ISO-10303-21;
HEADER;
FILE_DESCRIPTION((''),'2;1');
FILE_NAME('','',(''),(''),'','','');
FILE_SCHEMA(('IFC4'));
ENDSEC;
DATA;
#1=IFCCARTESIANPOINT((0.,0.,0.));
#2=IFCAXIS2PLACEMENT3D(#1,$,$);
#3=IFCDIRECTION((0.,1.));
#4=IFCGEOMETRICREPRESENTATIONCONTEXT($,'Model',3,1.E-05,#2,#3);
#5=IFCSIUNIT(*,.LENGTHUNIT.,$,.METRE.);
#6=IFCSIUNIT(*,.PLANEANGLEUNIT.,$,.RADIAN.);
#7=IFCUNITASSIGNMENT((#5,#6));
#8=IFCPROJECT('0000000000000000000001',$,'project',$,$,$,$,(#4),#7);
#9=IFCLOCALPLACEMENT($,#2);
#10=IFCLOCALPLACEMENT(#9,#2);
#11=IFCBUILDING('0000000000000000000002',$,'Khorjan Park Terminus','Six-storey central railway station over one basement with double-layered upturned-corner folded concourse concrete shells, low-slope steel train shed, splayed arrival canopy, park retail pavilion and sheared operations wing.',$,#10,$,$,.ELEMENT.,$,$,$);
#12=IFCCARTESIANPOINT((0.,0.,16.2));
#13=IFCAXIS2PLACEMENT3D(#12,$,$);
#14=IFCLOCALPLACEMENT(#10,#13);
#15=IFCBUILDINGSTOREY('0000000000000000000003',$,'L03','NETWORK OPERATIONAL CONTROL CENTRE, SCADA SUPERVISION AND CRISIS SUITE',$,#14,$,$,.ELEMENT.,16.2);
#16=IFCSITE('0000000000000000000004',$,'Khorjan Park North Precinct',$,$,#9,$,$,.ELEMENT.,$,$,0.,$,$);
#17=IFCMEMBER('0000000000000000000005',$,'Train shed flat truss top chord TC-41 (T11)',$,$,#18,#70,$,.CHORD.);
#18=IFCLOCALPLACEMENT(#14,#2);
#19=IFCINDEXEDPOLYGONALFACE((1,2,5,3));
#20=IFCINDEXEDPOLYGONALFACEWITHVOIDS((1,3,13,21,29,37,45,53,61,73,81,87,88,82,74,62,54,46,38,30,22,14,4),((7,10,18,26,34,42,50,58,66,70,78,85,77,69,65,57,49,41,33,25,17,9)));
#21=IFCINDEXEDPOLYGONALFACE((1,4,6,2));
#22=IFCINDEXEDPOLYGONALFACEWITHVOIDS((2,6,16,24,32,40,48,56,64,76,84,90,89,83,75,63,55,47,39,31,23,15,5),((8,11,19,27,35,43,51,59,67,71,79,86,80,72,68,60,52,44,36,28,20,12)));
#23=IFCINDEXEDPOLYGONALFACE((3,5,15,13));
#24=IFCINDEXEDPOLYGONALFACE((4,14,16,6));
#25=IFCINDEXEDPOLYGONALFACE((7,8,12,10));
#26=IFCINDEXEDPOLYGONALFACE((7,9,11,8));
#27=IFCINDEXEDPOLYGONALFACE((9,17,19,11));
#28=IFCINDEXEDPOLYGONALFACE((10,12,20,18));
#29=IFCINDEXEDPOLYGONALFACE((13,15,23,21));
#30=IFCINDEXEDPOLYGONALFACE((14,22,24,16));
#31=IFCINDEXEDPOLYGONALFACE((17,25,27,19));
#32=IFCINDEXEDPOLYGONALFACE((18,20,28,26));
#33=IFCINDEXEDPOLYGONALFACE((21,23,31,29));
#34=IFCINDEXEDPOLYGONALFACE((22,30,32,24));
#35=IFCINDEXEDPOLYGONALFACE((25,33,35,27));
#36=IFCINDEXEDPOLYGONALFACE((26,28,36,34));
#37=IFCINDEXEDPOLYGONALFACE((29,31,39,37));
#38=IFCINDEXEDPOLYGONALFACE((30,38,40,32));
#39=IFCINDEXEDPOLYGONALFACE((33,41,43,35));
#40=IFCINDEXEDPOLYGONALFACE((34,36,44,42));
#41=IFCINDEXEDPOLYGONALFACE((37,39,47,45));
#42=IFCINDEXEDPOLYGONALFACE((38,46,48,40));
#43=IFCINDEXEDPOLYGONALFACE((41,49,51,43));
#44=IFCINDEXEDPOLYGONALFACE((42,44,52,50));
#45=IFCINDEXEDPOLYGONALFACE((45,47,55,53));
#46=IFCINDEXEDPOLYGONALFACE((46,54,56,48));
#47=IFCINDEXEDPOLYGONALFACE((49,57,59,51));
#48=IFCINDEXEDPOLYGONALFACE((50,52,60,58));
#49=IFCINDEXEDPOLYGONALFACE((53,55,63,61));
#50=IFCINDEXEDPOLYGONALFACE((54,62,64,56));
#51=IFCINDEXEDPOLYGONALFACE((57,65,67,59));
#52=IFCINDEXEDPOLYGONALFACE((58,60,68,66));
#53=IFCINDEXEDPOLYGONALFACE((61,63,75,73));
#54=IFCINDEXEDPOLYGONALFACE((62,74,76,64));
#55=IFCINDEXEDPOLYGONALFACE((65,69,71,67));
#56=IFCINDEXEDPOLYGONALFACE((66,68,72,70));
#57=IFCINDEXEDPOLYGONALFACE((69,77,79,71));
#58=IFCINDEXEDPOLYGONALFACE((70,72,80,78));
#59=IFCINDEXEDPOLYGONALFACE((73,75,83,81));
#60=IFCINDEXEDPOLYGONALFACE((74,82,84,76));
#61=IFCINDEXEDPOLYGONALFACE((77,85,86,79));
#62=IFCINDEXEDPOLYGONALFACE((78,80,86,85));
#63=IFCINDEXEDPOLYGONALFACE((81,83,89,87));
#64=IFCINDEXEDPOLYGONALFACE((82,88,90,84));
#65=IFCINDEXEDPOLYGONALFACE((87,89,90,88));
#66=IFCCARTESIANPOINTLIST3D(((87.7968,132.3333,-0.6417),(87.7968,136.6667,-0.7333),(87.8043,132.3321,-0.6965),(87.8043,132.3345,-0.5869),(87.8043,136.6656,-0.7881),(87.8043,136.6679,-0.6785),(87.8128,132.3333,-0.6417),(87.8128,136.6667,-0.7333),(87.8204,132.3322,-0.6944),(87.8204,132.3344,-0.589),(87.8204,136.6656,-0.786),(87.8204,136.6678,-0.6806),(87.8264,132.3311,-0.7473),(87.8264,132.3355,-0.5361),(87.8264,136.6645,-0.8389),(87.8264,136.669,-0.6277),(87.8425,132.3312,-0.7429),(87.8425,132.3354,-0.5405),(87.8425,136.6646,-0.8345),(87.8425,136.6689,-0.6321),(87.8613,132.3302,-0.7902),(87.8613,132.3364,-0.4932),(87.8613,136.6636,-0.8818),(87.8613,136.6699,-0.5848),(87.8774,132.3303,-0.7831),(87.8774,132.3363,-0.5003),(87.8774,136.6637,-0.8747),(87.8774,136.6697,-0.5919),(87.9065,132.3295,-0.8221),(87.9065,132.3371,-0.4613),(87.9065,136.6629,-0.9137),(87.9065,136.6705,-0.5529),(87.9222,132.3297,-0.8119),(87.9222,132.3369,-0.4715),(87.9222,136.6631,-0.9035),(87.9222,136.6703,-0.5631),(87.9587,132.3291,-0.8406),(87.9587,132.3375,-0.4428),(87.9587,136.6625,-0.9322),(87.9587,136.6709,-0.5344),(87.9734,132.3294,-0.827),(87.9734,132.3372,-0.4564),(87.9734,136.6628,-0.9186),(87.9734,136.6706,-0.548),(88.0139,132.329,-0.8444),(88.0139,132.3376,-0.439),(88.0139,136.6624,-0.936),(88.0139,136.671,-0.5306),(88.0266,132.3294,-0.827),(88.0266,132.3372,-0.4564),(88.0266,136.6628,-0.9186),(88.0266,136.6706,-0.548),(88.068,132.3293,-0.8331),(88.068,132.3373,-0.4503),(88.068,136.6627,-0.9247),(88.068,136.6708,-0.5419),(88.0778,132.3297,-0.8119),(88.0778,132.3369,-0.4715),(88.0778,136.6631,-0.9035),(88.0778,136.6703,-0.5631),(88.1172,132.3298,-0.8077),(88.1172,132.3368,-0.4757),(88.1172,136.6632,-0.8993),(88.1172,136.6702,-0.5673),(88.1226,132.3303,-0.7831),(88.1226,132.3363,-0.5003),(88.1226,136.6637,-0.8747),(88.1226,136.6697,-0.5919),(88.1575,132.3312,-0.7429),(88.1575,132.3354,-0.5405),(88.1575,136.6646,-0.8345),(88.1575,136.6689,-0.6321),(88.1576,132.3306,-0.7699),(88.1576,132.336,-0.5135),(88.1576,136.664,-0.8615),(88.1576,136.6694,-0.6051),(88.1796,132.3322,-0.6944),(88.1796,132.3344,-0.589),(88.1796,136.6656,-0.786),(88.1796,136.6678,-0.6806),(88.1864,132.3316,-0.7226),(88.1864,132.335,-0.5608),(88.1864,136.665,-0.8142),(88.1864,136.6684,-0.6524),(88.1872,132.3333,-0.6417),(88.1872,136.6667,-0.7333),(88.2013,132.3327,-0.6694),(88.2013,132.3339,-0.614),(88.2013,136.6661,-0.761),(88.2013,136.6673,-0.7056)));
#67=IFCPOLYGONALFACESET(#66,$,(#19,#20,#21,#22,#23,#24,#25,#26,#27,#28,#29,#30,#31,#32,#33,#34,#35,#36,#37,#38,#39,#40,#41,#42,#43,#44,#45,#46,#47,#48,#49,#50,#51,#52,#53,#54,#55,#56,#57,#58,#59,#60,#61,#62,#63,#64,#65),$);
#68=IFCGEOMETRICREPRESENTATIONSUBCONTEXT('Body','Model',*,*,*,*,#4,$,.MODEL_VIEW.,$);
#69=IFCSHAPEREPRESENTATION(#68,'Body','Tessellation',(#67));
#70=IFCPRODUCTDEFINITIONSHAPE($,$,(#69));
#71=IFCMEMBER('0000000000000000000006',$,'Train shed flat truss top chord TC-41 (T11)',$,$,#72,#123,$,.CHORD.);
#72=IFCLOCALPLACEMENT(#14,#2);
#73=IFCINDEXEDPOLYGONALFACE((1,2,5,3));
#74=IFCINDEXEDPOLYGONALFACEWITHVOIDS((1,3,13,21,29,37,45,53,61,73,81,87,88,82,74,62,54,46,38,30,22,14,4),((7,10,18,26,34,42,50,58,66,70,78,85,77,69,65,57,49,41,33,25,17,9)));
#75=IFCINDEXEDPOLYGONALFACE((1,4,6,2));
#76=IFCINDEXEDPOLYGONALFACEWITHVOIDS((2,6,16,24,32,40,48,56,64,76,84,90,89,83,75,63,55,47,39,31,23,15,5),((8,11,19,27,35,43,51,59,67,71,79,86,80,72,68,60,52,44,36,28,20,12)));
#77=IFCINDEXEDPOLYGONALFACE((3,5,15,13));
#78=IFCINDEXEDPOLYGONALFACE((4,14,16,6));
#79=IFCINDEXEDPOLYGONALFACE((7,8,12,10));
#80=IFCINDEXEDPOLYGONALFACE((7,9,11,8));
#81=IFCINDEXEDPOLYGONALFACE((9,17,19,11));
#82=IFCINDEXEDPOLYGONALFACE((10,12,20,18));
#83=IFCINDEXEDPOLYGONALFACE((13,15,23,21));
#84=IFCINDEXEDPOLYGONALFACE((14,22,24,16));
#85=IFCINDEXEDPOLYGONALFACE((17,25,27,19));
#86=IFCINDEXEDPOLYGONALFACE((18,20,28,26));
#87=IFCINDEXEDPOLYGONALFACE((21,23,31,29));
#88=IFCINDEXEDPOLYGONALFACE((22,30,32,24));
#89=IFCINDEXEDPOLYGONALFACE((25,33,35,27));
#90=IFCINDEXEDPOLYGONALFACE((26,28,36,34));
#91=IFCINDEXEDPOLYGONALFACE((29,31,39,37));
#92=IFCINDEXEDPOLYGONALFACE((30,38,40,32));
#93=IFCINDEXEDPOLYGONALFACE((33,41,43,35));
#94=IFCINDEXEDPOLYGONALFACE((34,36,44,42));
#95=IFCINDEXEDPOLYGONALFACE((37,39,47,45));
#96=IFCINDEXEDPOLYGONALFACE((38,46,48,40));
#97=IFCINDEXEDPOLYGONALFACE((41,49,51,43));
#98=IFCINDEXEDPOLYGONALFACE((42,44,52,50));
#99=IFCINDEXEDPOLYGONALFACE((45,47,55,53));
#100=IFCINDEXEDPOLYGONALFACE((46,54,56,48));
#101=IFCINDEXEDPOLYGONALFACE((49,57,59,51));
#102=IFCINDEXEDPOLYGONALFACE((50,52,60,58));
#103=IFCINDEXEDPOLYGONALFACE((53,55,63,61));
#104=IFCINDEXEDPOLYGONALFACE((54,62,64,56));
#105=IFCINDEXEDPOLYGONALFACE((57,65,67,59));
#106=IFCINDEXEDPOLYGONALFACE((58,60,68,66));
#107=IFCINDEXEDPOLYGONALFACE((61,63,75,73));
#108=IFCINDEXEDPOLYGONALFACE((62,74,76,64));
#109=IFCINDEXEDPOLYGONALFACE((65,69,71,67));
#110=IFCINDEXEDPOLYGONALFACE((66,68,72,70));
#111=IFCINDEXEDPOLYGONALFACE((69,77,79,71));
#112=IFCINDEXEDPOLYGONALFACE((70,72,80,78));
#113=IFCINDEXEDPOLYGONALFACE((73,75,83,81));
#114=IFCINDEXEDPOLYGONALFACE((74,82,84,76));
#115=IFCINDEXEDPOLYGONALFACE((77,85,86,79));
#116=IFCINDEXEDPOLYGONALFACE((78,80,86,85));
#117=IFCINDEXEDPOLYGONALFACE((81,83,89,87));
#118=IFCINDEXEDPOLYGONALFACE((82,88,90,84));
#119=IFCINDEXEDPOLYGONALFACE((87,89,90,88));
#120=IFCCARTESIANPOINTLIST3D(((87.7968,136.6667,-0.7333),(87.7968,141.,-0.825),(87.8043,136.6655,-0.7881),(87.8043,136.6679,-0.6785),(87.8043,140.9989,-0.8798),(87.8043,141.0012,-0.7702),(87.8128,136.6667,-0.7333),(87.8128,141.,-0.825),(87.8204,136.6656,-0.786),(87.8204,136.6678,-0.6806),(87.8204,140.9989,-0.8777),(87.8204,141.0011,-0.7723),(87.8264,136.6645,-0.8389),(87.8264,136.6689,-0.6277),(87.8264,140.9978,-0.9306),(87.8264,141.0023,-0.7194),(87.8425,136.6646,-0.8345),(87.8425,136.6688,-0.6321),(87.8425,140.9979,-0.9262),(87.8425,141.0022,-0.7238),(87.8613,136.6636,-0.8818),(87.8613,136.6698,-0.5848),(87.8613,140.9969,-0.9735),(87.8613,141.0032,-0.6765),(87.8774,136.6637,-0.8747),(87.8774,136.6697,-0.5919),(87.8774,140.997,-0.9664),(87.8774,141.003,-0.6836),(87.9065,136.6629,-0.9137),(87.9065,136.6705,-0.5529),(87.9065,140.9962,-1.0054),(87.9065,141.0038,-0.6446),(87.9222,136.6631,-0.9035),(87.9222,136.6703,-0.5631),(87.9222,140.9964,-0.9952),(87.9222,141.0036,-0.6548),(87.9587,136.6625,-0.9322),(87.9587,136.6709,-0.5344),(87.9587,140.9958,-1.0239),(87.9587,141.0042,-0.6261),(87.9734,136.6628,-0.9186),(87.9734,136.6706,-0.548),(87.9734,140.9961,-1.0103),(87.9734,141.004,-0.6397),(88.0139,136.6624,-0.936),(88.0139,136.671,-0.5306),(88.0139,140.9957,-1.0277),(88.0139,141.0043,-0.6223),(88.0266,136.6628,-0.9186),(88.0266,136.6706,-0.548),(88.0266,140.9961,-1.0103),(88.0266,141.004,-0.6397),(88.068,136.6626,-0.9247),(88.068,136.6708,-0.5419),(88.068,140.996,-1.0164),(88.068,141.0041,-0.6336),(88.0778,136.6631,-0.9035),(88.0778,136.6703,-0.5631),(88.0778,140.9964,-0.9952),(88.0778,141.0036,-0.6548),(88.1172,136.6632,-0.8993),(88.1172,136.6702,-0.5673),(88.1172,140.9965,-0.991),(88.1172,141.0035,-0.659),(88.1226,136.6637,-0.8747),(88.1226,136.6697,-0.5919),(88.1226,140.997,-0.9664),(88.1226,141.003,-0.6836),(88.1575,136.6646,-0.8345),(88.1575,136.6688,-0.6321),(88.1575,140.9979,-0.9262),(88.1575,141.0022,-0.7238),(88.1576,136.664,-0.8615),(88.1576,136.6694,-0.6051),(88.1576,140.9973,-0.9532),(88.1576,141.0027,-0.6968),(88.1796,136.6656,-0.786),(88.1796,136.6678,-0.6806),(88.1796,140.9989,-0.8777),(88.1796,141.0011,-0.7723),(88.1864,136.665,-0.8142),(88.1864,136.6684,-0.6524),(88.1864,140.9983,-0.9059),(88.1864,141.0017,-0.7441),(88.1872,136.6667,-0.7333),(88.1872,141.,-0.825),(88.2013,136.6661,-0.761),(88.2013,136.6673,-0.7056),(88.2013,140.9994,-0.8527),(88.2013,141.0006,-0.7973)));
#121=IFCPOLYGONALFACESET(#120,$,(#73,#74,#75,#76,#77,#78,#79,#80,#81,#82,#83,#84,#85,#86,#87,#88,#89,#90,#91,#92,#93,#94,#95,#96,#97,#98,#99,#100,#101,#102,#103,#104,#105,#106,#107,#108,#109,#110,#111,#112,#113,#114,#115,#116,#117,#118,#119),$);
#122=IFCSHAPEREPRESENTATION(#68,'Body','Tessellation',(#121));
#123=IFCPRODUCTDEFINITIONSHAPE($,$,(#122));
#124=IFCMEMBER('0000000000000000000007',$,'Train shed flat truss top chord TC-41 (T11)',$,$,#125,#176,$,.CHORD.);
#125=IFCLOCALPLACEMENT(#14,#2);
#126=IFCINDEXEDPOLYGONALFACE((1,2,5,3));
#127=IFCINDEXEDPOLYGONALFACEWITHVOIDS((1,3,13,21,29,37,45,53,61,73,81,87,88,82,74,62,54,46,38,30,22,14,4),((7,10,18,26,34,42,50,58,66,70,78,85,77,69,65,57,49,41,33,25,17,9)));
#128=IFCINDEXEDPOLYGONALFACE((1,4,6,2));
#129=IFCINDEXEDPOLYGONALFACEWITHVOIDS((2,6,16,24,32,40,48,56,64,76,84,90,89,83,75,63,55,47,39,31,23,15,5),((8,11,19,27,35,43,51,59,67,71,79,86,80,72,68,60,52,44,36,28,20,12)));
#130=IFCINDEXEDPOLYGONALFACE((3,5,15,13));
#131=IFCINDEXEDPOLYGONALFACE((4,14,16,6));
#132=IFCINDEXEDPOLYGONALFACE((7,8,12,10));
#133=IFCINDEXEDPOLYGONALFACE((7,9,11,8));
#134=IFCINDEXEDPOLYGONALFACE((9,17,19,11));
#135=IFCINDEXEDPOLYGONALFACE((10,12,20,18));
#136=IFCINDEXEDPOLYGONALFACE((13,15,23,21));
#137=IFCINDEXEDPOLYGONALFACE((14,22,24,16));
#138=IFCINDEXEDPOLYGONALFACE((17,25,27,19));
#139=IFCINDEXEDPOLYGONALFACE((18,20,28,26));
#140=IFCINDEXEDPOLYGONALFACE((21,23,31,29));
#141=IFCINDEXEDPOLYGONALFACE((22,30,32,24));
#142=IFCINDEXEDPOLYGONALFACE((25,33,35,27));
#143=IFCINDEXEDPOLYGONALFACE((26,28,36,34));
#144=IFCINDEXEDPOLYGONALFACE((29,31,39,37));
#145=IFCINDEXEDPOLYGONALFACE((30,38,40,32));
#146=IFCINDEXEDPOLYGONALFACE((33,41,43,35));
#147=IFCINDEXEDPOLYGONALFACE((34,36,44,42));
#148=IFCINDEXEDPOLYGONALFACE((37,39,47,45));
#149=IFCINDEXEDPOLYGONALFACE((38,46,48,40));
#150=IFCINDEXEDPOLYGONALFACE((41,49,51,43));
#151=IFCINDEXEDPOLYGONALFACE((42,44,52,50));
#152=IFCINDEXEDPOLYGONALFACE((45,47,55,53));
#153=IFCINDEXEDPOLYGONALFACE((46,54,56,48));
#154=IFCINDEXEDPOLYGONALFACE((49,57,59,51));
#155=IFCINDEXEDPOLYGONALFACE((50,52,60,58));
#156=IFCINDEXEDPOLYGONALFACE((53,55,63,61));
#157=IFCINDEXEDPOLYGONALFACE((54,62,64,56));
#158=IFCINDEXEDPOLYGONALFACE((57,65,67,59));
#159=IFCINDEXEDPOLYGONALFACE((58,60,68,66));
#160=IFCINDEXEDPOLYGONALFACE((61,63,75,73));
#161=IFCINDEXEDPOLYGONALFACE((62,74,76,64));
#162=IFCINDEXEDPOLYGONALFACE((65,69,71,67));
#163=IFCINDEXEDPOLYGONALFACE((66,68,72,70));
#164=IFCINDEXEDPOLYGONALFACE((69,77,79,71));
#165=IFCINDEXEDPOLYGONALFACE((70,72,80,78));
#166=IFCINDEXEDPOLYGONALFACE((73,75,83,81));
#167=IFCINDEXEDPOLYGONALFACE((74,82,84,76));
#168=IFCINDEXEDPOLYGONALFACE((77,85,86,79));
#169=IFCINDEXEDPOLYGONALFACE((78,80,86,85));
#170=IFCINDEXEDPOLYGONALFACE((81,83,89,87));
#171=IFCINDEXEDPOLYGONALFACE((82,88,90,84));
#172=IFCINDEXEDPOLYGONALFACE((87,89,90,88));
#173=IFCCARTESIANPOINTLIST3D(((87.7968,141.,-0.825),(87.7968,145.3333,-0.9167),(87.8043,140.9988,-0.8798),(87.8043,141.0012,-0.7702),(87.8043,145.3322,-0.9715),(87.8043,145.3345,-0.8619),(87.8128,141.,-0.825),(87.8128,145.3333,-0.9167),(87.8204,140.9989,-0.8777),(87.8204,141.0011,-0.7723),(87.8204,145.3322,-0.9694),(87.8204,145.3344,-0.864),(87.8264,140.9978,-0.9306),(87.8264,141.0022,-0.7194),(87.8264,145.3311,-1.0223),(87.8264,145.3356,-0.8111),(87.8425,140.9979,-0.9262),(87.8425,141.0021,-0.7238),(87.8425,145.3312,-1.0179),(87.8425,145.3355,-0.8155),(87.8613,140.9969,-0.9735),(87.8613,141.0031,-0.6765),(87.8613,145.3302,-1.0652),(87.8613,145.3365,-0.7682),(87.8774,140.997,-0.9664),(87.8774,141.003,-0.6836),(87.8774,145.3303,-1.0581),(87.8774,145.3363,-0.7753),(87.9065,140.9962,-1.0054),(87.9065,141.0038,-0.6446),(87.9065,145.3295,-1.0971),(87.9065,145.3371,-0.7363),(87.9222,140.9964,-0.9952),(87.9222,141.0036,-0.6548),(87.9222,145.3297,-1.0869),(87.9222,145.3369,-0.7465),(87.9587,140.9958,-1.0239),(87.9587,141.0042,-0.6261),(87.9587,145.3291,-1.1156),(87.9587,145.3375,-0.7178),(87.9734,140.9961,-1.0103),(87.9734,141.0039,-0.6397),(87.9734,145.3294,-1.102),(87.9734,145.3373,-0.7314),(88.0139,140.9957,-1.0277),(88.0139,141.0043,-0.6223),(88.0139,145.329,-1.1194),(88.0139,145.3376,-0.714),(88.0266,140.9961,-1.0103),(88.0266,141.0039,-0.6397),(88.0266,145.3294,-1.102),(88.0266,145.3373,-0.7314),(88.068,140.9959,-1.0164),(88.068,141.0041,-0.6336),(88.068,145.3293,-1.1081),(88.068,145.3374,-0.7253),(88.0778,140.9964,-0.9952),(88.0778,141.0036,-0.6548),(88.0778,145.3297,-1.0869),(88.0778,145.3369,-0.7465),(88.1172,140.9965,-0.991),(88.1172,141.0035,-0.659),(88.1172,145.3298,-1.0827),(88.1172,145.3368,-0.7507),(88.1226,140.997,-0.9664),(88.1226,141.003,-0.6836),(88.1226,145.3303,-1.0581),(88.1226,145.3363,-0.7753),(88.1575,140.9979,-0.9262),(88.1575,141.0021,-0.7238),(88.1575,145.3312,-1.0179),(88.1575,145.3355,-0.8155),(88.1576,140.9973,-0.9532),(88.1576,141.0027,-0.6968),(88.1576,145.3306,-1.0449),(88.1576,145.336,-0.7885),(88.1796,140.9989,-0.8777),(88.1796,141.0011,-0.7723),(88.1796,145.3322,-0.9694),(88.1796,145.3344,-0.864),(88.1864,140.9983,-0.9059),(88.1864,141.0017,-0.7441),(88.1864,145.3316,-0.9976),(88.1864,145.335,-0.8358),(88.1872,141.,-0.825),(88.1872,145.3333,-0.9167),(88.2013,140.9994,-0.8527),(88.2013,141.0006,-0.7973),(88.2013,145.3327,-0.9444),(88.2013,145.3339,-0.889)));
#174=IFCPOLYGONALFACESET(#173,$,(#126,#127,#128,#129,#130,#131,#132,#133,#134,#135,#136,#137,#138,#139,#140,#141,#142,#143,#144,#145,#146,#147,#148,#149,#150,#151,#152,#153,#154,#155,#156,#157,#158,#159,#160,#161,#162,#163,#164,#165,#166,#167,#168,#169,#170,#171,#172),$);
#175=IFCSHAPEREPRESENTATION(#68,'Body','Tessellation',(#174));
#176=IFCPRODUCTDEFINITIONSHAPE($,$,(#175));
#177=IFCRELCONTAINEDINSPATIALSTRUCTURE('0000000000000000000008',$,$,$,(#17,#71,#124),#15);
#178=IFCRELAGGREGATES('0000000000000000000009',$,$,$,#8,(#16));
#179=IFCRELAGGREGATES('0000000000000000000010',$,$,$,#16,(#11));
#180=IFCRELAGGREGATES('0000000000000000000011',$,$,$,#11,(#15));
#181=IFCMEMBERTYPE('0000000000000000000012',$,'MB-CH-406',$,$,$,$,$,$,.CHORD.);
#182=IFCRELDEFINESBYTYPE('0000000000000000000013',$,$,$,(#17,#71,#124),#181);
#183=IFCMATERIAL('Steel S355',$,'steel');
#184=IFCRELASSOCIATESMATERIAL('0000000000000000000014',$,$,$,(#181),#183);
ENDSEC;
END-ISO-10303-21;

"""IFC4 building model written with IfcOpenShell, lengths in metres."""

from ifc_helpers import new_model, si_unit, direction, frame, origin, origin_2d, place, context, subcontext, project, spatial, hollow_circle, extrude, material, material_profile, profile_set, type_object, element, save


model = new_model("IFC4")

# Units and contexts
model_context = context("Model", 3, precision=1e-05, world=origin(), true_north=direction((0.0, 1.0)))
body_context = subcontext(model_context, "Body", "Model", "MODEL_VIEW")
ifc_project = project(units=[si_unit("LENGTHUNIT", "METRE"), si_unit("PLANEANGLEUNIT", "RADIAN")], contexts=[model_context])

# Site, building, storey
site_placement = place(None, origin())
site = spatial("IfcSite", under=ifc_project, at=site_placement, Name="Khorjan Park North Precinct", CompositionType="ELEMENT", RefElevation=0.0)
building_placement = place(site_placement, origin())
building = spatial("IfcBuilding", under=site, at=building_placement, Name="Khorjan Park Terminus", Description="Six-storey central railway station over one basement with double-layered upturned-corner folded concourse concrete shells, low-slope steel train shed, splayed arrival canopy, park retail pavilion and sheared operations wing.", CompositionType="ELEMENT")
storey_placement = place(building_placement, frame((0.0, 0.0, 16.2)))
storey = spatial("IfcBuildingStorey", under=building, at=storey_placement, Name="L03", Description="NETWORK OPERATIONAL CONTROL CENTRE, SCADA SUPERVISION AND CRISIS SUITE", CompositionType="ELEMENT", Elevation=16.2)

# Members
ifc_material_1 = material(Name="Steel S355", Category="steel")
ifc_material_profile_1 = material_profile(ifc_material_1, hollow_circle(Radius=0.2032, WallThickness=0.016, at=origin_2d()), Name="CHS 406.4x16")
ifc_profile_set_1 = profile_set([ifc_material_profile_1], Name="Steel S355")
member_type_1 = type_object("IfcMemberType", Name="MB-CH-406", PredefinedType="CHORD", material=ifc_profile_set_1)
member_1_placement = place(storey_placement, frame((88.0, 132.3333, -0.6417), z_axis=(0.0, 0.999777, -0.021133), x_axis=(-1.0, 0.0, 0.0)))
element("IfcMember", 1, at=member_1_placement, inside=storey, type_object=member_type_1, Name="Train shed flat truss top chord TC-41 (T11)", PredefinedType="CHORD", context=body_context, shape_type="SweptSolid", body=[
    extrude(hollow_circle(Radius=0.2032, WallThickness=0.016, at=origin_2d()), origin(), (0.0, 0.0, 1.0), 4.3344),
])
for number, where, z_axis, x_axis, name in (
    (2, (88.0, 136.6667, -0.7333), (0.0, 0.999776, -0.021157), (-1.0, 0.0, 0.0), "Train shed flat truss top chord TC-41 (T11)"),
    (3, (88.0, 141.0, -0.825), (0.0, 0.999776, -0.021157), (-1.0, 0.0, 0.0), "Train shed flat truss top chord TC-41 (T11)"),
):
    element("IfcMember", number, at=place(storey_placement, frame(where, z_axis=z_axis, x_axis=x_axis)), inside=storey, type_object=member_type_1, Name=name, PredefinedType="CHORD", context=body_context, shape_type="SweptSolid", body=[
        extrude(hollow_circle(Radius=0.2032, WallThickness=0.016, at=origin_2d()), origin(), (0.0, 0.0, 1.0), 4.3343),
    ])

save(model, "model.ifc")
